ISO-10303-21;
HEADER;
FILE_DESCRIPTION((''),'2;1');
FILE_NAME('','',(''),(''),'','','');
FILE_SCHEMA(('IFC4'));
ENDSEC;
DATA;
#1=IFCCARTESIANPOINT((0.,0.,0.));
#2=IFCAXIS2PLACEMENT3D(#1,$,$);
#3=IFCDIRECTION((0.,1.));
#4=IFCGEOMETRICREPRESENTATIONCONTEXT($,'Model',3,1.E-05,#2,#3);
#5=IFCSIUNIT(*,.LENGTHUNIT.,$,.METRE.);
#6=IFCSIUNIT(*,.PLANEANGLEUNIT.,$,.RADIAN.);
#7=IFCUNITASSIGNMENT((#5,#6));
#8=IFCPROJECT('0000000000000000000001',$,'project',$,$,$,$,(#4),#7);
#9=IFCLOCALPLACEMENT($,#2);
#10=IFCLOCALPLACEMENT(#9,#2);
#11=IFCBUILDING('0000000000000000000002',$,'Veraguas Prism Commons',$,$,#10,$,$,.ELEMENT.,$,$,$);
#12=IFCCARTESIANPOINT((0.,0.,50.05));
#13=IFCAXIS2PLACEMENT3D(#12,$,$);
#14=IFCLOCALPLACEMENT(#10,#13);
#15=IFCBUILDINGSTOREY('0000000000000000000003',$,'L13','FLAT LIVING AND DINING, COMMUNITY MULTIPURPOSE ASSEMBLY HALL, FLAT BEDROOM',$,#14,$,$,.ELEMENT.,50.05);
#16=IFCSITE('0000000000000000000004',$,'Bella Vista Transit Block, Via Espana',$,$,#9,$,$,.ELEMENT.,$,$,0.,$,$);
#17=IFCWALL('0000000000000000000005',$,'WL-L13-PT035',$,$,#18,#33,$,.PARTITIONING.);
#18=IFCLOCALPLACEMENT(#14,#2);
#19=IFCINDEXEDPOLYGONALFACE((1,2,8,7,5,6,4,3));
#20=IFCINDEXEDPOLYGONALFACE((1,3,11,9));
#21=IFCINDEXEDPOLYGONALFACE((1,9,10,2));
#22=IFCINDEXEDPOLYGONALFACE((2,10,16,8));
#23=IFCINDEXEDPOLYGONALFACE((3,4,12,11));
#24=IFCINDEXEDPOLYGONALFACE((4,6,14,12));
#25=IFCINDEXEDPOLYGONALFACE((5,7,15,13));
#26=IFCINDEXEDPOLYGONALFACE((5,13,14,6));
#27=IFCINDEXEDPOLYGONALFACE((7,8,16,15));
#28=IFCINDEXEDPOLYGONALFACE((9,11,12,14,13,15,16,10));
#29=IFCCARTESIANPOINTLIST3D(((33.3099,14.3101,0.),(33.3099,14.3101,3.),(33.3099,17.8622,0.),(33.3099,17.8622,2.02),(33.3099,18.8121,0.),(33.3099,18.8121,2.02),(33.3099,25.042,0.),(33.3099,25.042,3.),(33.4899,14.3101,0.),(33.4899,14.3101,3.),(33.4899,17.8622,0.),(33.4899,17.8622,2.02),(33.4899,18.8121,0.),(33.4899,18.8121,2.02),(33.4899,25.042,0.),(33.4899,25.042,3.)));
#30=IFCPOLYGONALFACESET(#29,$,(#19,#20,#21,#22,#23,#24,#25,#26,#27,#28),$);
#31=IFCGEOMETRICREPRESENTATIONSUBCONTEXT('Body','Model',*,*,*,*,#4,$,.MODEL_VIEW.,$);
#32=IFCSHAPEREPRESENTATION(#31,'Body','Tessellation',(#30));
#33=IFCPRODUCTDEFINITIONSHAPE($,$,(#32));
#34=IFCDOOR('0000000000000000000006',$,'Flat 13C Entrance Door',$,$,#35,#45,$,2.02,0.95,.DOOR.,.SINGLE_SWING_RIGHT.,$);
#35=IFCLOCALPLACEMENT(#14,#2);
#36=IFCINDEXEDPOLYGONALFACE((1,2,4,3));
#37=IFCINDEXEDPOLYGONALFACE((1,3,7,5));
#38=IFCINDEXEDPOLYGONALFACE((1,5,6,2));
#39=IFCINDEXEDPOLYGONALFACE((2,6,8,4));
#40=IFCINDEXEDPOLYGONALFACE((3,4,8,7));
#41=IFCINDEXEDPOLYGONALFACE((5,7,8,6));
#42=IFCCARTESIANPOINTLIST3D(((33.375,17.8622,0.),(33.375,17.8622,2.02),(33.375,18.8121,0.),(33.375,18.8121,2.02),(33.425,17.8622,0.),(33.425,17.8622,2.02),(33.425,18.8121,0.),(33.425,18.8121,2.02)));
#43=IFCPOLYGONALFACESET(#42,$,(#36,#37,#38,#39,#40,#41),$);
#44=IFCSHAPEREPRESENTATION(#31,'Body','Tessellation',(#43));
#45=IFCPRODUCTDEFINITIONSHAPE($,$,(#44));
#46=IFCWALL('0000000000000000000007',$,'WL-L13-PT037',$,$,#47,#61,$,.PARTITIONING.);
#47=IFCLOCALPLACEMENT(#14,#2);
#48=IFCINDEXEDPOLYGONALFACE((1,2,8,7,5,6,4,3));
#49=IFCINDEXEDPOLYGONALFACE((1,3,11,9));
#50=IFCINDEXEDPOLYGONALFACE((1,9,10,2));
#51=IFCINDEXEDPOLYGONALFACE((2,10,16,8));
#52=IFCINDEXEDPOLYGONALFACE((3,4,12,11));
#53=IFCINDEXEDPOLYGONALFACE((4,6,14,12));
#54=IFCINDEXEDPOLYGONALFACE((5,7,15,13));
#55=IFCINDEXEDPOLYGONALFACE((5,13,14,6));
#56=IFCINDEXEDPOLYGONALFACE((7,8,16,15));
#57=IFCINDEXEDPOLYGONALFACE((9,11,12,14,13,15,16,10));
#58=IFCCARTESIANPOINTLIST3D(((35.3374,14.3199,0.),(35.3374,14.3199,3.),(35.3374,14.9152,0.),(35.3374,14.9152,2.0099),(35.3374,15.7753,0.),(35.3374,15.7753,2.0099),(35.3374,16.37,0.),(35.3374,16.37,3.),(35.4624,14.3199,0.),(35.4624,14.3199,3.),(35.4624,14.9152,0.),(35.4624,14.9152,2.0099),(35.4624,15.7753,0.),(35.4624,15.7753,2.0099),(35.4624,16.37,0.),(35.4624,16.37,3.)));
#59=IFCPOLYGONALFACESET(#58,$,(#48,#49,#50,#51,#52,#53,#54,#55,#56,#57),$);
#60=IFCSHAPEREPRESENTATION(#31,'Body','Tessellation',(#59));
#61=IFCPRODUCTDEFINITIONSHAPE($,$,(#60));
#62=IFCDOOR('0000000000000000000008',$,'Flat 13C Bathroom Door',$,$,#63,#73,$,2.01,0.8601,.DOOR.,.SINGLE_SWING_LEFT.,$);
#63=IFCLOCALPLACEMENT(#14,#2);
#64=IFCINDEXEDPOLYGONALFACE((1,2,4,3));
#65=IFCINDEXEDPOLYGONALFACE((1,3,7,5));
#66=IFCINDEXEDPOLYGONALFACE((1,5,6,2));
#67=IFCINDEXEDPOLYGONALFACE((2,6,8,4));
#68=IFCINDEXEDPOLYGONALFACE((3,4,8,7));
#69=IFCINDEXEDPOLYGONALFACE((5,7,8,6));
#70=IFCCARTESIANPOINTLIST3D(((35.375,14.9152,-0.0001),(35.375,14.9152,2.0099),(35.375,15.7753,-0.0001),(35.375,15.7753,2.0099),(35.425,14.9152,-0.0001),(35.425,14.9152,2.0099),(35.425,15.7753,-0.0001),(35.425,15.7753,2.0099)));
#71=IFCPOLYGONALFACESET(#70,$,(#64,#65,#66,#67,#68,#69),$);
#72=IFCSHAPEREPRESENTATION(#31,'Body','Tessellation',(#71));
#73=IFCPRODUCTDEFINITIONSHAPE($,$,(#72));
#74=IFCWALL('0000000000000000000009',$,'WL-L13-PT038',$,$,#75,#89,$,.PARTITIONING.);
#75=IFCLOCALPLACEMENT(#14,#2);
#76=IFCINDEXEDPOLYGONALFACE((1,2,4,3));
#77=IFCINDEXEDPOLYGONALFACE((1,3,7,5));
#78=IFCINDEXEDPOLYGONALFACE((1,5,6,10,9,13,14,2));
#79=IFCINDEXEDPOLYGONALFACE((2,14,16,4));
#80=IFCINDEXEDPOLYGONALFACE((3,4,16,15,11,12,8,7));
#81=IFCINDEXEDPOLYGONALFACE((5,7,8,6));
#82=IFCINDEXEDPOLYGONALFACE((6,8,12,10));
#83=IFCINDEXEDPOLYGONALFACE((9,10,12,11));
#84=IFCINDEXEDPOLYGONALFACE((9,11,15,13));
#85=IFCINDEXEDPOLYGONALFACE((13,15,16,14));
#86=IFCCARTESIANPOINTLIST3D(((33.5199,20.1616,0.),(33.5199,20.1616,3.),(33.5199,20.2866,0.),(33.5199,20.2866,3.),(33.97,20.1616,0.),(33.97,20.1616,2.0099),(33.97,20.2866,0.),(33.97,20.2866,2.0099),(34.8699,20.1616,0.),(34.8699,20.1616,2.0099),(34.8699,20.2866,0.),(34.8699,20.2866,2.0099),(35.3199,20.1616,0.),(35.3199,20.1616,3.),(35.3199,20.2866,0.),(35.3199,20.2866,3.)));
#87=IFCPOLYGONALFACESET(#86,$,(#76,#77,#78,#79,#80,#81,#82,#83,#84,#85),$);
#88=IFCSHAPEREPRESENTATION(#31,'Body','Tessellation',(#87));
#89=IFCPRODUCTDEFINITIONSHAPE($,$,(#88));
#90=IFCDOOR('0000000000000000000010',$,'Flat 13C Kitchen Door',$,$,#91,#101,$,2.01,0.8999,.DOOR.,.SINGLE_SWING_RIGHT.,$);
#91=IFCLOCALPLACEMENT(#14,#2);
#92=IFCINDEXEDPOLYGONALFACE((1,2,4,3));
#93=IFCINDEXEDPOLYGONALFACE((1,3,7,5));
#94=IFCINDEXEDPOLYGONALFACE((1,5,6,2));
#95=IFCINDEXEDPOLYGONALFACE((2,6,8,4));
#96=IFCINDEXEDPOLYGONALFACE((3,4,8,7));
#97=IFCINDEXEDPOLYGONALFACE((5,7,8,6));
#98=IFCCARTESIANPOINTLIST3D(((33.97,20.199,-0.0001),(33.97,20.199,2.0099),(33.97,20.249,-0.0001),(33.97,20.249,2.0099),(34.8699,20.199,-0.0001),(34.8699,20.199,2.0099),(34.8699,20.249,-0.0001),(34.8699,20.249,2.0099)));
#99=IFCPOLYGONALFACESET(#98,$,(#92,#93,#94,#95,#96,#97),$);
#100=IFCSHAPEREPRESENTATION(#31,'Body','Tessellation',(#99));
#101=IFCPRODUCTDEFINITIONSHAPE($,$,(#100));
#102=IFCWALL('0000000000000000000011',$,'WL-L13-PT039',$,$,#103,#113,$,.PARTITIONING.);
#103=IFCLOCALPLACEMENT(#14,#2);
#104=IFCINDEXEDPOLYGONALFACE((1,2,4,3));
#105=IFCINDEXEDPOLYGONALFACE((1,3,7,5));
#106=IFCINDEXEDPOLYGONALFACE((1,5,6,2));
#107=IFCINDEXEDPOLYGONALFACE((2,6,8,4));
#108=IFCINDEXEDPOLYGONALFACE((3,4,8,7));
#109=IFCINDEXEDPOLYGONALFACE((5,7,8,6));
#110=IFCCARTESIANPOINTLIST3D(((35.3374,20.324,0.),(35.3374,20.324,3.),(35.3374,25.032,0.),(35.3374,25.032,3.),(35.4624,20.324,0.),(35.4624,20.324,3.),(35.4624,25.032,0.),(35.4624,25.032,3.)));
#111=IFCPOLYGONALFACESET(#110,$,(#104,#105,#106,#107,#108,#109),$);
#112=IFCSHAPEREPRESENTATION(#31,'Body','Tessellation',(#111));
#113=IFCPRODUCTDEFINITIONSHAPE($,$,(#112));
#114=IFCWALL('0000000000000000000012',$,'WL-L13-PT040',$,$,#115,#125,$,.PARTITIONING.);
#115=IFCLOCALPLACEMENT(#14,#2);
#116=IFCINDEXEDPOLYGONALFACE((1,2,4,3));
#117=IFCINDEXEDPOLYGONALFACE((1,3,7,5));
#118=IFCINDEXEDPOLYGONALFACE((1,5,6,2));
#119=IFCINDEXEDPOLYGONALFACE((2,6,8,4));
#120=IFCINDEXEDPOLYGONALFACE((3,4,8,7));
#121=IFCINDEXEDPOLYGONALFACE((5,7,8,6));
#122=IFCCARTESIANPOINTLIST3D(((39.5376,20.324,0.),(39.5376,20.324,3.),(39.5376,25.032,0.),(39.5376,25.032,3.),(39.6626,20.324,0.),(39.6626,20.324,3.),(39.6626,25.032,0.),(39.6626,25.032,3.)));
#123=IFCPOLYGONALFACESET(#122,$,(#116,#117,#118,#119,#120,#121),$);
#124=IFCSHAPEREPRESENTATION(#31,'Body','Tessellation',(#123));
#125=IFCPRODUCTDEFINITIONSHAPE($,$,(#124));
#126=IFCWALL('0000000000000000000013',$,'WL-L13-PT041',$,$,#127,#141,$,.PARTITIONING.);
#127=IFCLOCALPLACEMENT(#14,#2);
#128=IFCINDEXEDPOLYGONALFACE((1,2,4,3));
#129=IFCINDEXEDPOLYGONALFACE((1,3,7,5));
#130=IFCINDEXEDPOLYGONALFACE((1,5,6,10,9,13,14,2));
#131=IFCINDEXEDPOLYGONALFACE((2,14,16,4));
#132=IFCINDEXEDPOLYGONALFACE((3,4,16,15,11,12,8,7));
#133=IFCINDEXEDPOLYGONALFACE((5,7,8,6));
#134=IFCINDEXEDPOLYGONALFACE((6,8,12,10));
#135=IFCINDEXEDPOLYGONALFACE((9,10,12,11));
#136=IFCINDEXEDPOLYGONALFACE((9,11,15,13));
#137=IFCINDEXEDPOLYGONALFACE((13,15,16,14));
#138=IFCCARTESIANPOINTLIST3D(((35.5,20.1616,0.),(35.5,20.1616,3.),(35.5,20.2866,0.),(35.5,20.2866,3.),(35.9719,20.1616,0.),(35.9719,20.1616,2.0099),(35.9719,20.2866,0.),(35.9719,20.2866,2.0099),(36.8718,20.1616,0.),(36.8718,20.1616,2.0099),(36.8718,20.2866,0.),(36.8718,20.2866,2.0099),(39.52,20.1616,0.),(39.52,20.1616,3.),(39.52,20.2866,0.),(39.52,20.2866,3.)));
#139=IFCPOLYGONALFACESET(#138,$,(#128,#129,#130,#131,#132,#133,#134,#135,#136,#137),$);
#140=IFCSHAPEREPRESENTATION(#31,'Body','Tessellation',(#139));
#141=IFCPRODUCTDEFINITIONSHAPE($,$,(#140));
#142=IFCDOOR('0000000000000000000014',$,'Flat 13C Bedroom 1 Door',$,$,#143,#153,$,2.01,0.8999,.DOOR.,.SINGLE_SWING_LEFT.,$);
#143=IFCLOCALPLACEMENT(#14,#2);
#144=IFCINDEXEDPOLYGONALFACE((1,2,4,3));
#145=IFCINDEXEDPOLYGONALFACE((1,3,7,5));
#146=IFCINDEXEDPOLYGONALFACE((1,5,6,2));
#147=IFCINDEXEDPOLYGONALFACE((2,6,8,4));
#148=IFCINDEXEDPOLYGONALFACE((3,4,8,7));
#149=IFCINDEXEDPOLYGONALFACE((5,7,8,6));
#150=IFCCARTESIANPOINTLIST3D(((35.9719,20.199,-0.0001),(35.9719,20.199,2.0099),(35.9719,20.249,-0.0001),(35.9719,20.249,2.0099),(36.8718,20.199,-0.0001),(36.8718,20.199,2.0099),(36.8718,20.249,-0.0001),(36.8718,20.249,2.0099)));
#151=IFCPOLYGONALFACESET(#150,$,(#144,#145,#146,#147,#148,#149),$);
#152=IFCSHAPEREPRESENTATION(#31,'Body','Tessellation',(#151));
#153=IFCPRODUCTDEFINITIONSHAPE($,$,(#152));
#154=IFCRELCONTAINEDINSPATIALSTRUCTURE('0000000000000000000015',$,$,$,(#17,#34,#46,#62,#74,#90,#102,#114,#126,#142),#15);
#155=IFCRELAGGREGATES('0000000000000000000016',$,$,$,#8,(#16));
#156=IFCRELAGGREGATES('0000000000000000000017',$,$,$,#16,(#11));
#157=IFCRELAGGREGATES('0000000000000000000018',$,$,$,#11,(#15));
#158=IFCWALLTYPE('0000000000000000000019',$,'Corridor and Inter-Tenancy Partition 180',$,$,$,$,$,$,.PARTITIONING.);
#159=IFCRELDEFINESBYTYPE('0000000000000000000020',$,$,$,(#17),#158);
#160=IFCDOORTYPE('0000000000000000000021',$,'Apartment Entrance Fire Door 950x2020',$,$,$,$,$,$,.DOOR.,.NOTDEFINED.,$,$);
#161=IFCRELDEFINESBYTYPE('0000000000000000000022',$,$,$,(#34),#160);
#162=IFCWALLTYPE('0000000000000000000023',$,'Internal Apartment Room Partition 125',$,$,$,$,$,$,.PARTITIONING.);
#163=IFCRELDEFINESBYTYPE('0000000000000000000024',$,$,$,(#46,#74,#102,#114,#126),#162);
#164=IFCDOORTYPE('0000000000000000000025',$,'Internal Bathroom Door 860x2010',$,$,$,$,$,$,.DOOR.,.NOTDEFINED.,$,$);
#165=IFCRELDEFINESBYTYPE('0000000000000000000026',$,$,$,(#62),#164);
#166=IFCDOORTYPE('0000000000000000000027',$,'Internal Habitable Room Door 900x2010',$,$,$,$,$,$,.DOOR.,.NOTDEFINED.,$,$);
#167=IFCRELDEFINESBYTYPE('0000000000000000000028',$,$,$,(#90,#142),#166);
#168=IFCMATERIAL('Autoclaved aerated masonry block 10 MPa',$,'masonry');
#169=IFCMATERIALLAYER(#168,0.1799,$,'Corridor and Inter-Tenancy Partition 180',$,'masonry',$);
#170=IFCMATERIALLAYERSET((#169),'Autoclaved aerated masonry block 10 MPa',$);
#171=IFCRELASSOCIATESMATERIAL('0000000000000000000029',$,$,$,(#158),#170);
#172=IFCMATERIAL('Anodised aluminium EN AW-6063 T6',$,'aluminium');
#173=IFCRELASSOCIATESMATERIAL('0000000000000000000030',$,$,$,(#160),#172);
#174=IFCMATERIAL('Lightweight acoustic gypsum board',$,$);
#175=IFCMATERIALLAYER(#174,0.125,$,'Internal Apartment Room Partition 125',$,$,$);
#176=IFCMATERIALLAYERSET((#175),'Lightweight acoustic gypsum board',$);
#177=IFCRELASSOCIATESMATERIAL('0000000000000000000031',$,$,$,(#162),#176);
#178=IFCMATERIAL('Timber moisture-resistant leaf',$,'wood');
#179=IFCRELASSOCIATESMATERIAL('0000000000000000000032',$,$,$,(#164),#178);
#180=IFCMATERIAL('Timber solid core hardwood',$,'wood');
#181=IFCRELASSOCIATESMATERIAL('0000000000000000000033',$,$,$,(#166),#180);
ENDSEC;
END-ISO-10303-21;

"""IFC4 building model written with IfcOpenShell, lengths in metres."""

from ifc_helpers import new_model, si_unit, direction, frame, frame_2d, origin, place, context, subcontext, project, spatial, rectangle, extrude, source, transform, mapped, material, layer, layer_set, type_object, element, fill, save


model = new_model("IFC4")

# Units and contexts
model_context = context("Model", 3, precision=1e-05, world=origin(), true_north=direction((0.0, 1.0)))
body_context = subcontext(model_context, "Body", "Model", "MODEL_VIEW")
ifc_project = project(units=[si_unit("LENGTHUNIT", "METRE"), si_unit("PLANEANGLEUNIT", "RADIAN")], contexts=[model_context])

# Site, building, storey
site_placement = place(None, origin())
site = spatial("IfcSite", under=ifc_project, at=site_placement, Name="Bella Vista Transit Block, Via Espana", CompositionType="ELEMENT", RefElevation=0.0)
building_placement = place(site_placement, origin())
building = spatial("IfcBuilding", under=site, at=building_placement, Name="Veraguas Prism Commons", CompositionType="ELEMENT")
storey_placement = place(building_placement, frame((0.0, 0.0, 50.05)))
storey = spatial("IfcBuildingStorey", under=building, at=storey_placement, Name="L13", Description="FLAT LIVING AND DINING, COMMUNITY MULTIPURPOSE ASSEMBLY HALL, FLAT BEDROOM", CompositionType="ELEMENT", Elevation=50.05)

# Shared definitions
ifc_material_1 = material(Name="Anodised aluminium EN AW-6063 T6", Category="aluminium")

# Shared definitions
ifc_material_2 = material(Name="Autoclaved aerated masonry block 10 MPa", Category="masonry")
ifc_layer_1 = layer(ifc_material_2, 0.1799, Name="Corridor and Inter-Tenancy Partition 180", Category="masonry")
ifc_layer_set_1 = layer_set([ifc_layer_1], Name="Autoclaved aerated masonry block 10 MPa")
wall_type_1 = type_object("IfcWallType", Name="Corridor and Inter-Tenancy Partition 180", PredefinedType="PARTITIONING", material=ifc_layer_set_1)

# Walls, openings, doors
wall_1_placement = place(storey_placement, frame((33.3999, 14.3101, 0.0), z_axis=(0.0, 0.0, 1.0), x_axis=(0.0, 1.0, 0.0)))
wall_1 = element("IfcWall", 1, at=wall_1_placement, inside=storey, type_object=wall_type_1, Name="WL-L13-PT035", PredefinedType="PARTITIONING", context=body_context, shape_type="SweptSolid", body=[
    extrude(rectangle(XDim=10.7319, YDim=0.1799, at=frame_2d((5.366, 0.0))), origin(), (0.0, 0.0, 1.0), 3.0),
])
opening_1_placement = place(wall_1_placement, frame((3.552, 0.0, 0.0)))
opening_1 = element("IfcOpeningElement", 2, at=opening_1_placement, cuts=wall_1, PredefinedType="OPENING", context=body_context, shape_type="SweptSolid", body=[
    extrude(rectangle(XDim=0.95, YDim=2.02, at=frame_2d((0.4751, 1.01))), frame((0.0, 0.0999, 0.0), z_axis=(0.0, -1.0, 0.0), x_axis=(1.0, 0.0, 0.0)), (0.0, 0.0, 1.0), 0.2),
])
door_type_1 = type_object("IfcDoorType", Name="Apartment Entrance Fire Door 950x2020", OperationType="NOTDEFINED", PredefinedType="DOOR", material=ifc_material_1)
shared_shape_1 = source(origin(), body_context, "Body", "SweptSolid", [
    extrude(rectangle(XDim=0.95, YDim=2.02, at=frame_2d((0.4751, 1.01))), frame((0.0, 0.0249, 0.0), z_axis=(0.0, -1.0, 0.0), x_axis=(1.0, 0.0, 0.0)), (0.0, 0.0, 1.0), 0.05),
])
door_1_placement = place(opening_1_placement, origin())
door_1 = element("IfcDoor", 3, at=door_1_placement, inside=storey, type_object=door_type_1, Name="Flat 13C Entrance Door", OperationType="SINGLE_SWING_RIGHT", OverallHeight=2.02, OverallWidth=0.95, PredefinedType="DOOR", context=body_context, shape_type="MappedRepresentation", body=[
    mapped(shared_shape_1, transform((0.0, 0.0, 0.0), scale=1.0)),
])
fill(opening_1, door_1)
ifc_material_3 = material(Name="Lightweight acoustic gypsum board")
ifc_layer_2 = layer(ifc_material_3, 0.125, Name="Internal Apartment Room Partition 125")
ifc_layer_set_2 = layer_set([ifc_layer_2], Name="Lightweight acoustic gypsum board")
wall_type_2 = type_object("IfcWallType", Name="Internal Apartment Room Partition 125", PredefinedType="PARTITIONING", material=ifc_layer_set_2)
wall_2_placement = place(storey_placement, frame((35.3999, 14.3201, 0.0), z_axis=(0.0, 0.0, 1.0), x_axis=(0.0, 1.0, 0.0)))
wall_2 = element("IfcWall", 4, at=wall_2_placement, inside=storey, type_object=wall_type_2, Name="WL-L13-PT037", PredefinedType="PARTITIONING", context=body_context, shape_type="SweptSolid", body=[
    extrude(rectangle(XDim=2.05, YDim=0.125, at=frame_2d((1.0249, 0.0))), origin(), (0.0, 0.0, 1.0), 3.0),
])
opening_2_placement = place(wall_2_placement, frame((0.595, 0.0, 0.0)))
opening_2 = element("IfcOpeningElement", 5, at=opening_2_placement, cuts=wall_2, PredefinedType="OPENING", context=body_context, shape_type="SweptSolid", body=[
    extrude(rectangle(XDim=0.8601, YDim=2.01, at=frame_2d((0.4302, 1.0049))), frame((0.0, 0.0725, 0.0), z_axis=(0.0, -1.0, 0.0), x_axis=(1.0, 0.0, 0.0)), (0.0, 0.0, 1.0), 0.145),
])
ifc_material_4 = material(Name="Timber moisture-resistant leaf", Category="wood")
door_type_2 = type_object("IfcDoorType", Name="Internal Bathroom Door 860x2010", OperationType="NOTDEFINED", PredefinedType="DOOR", material=ifc_material_4)
shared_shape_2 = source(origin(), body_context, "Body", "SweptSolid", [
    extrude(rectangle(XDim=0.8601, YDim=2.01, at=frame_2d((0.4302, 1.0049))), frame((0.0, 0.0249, 0.0), z_axis=(0.0, -1.0, 0.0), x_axis=(1.0, 0.0, 0.0)), (0.0, 0.0, 1.0), 0.05),
])
door_2_placement = place(opening_2_placement, origin())
door_2 = element("IfcDoor", 6, at=door_2_placement, inside=storey, type_object=door_type_2, Name="Flat 13C Bathroom Door", OperationType="SINGLE_SWING_LEFT", OverallHeight=2.01, OverallWidth=0.8601, PredefinedType="DOOR", context=body_context, shape_type="MappedRepresentation", body=[
    mapped(shared_shape_2, transform((0.0, 0.0, 0.0), scale=1.0)),
])
fill(opening_2, door_2)
wall_3_placement = place(storey_placement, frame((33.52, 20.2241, 0.0), z_axis=(0.0, 0.0, 1.0), x_axis=(1.0, 0.0, 0.0)))
wall_3 = element("IfcWall", 7, at=wall_3_placement, inside=storey, type_object=wall_type_2, Name="WL-L13-PT038", PredefinedType="PARTITIONING", context=body_context, shape_type="SweptSolid", body=[
    extrude(rectangle(XDim=1.8, YDim=0.125, at=frame_2d((0.8999, 0.0))), origin(), (0.0, 0.0, 1.0), 3.0),
])
opening_3_placement = place(wall_3_placement, frame((0.45, 0.0, 0.0)))
opening_3 = element("IfcOpeningElement", 8, at=opening_3_placement, cuts=wall_3, PredefinedType="OPENING", context=body_context, shape_type="SweptSolid", body=[
    extrude(rectangle(XDim=0.8999, YDim=2.01, at=frame_2d((0.45, 1.0049))), frame((0.0, 0.0725, 0.0), z_axis=(0.0, -1.0, 0.0), x_axis=(1.0, 0.0, 0.0)), (0.0, 0.0, 1.0), 0.145),
])
ifc_material_5 = material(Name="Timber solid core hardwood", Category="wood")
door_type_3 = type_object("IfcDoorType", Name="Internal Habitable Room Door 900x2010", OperationType="NOTDEFINED", PredefinedType="DOOR", material=ifc_material_5)
shared_shape_3 = source(origin(), body_context, "Body", "SweptSolid", [
    extrude(rectangle(XDim=0.8999, YDim=2.01, at=frame_2d((0.45, 1.0049))), frame((0.0, 0.0249, 0.0), z_axis=(0.0, -1.0, 0.0), x_axis=(1.0, 0.0, 0.0)), (0.0, 0.0, 1.0), 0.05),
])
door_3_placement = place(opening_3_placement, origin())
door_3 = element("IfcDoor", 9, at=door_3_placement, inside=storey, type_object=door_type_3, Name="Flat 13C Kitchen Door", OperationType="SINGLE_SWING_RIGHT", OverallHeight=2.01, OverallWidth=0.8999, PredefinedType="DOOR", context=body_context, shape_type="MappedRepresentation", body=[
    mapped(shared_shape_3, transform((0.0, 0.0, 0.0), scale=1.0)),
])
fill(opening_3, door_3)

# Walls
for number, where, z_axis, x_axis, name in (
    (10, (35.3999, 20.324, 0.0), (0.0, 0.0, 1.0), (0.0, 1.0, 0.0), "WL-L13-PT039"),
    (11, (39.6001, 20.324, 0.0), (0.0, 0.0, 1.0), (0.0, 1.0, 0.0), "WL-L13-PT040"),
):
    element("IfcWall", number, at=place(storey_placement, frame(where, z_axis=z_axis, x_axis=x_axis)), inside=storey, type_object=wall_type_2, Name=name, PredefinedType="PARTITIONING", context=body_context, shape_type="SweptSolid", body=[
        extrude(rectangle(XDim=4.708, YDim=0.125, at=frame_2d((2.354, 0.0))), origin(), (0.0, 0.0, 1.0), 3.0),
    ])

# Wall, opening, door
wall_4_placement = place(storey_placement, frame((35.5, 20.2241, 0.0), z_axis=(0.0, 0.0, 1.0), x_axis=(1.0, 0.0, 0.0)))
wall_4 = element("IfcWall", 12, at=wall_4_placement, inside=storey, type_object=wall_type_2, Name="WL-L13-PT041", PredefinedType="PARTITIONING", context=body_context, shape_type="SweptSolid", body=[
    extrude(rectangle(XDim=4.02, YDim=0.125, at=frame_2d((2.01, 0.0))), origin(), (0.0, 0.0, 1.0), 3.0),
])
opening_4_placement = place(wall_4_placement, frame((0.4719, 0.0, 0.0)))
opening_4 = element("IfcOpeningElement", 13, at=opening_4_placement, cuts=wall_4, PredefinedType="OPENING", context=body_context, shape_type="SweptSolid", body=[
    extrude(rectangle(XDim=0.8999, YDim=2.01, at=frame_2d((0.45, 1.0049))), frame((0.0, 0.0725, 0.0), z_axis=(0.0, -1.0, 0.0), x_axis=(1.0, 0.0, 0.0)), (0.0, 0.0, 1.0), 0.145),
])
door_4_placement = place(opening_4_placement, origin())
door_4 = element("IfcDoor", 14, at=door_4_placement, inside=storey, type_object=door_type_3, Name="Flat 13C Bedroom 1 Door", OperationType="SINGLE_SWING_LEFT", OverallHeight=2.01, OverallWidth=0.8999, PredefinedType="DOOR", context=body_context, shape_type="MappedRepresentation", body=[
    mapped(shared_shape_3, transform((0.0, 0.0, 0.0), scale=1.0)),
])
fill(opening_4, door_4)

save(model, "model.ifc")
